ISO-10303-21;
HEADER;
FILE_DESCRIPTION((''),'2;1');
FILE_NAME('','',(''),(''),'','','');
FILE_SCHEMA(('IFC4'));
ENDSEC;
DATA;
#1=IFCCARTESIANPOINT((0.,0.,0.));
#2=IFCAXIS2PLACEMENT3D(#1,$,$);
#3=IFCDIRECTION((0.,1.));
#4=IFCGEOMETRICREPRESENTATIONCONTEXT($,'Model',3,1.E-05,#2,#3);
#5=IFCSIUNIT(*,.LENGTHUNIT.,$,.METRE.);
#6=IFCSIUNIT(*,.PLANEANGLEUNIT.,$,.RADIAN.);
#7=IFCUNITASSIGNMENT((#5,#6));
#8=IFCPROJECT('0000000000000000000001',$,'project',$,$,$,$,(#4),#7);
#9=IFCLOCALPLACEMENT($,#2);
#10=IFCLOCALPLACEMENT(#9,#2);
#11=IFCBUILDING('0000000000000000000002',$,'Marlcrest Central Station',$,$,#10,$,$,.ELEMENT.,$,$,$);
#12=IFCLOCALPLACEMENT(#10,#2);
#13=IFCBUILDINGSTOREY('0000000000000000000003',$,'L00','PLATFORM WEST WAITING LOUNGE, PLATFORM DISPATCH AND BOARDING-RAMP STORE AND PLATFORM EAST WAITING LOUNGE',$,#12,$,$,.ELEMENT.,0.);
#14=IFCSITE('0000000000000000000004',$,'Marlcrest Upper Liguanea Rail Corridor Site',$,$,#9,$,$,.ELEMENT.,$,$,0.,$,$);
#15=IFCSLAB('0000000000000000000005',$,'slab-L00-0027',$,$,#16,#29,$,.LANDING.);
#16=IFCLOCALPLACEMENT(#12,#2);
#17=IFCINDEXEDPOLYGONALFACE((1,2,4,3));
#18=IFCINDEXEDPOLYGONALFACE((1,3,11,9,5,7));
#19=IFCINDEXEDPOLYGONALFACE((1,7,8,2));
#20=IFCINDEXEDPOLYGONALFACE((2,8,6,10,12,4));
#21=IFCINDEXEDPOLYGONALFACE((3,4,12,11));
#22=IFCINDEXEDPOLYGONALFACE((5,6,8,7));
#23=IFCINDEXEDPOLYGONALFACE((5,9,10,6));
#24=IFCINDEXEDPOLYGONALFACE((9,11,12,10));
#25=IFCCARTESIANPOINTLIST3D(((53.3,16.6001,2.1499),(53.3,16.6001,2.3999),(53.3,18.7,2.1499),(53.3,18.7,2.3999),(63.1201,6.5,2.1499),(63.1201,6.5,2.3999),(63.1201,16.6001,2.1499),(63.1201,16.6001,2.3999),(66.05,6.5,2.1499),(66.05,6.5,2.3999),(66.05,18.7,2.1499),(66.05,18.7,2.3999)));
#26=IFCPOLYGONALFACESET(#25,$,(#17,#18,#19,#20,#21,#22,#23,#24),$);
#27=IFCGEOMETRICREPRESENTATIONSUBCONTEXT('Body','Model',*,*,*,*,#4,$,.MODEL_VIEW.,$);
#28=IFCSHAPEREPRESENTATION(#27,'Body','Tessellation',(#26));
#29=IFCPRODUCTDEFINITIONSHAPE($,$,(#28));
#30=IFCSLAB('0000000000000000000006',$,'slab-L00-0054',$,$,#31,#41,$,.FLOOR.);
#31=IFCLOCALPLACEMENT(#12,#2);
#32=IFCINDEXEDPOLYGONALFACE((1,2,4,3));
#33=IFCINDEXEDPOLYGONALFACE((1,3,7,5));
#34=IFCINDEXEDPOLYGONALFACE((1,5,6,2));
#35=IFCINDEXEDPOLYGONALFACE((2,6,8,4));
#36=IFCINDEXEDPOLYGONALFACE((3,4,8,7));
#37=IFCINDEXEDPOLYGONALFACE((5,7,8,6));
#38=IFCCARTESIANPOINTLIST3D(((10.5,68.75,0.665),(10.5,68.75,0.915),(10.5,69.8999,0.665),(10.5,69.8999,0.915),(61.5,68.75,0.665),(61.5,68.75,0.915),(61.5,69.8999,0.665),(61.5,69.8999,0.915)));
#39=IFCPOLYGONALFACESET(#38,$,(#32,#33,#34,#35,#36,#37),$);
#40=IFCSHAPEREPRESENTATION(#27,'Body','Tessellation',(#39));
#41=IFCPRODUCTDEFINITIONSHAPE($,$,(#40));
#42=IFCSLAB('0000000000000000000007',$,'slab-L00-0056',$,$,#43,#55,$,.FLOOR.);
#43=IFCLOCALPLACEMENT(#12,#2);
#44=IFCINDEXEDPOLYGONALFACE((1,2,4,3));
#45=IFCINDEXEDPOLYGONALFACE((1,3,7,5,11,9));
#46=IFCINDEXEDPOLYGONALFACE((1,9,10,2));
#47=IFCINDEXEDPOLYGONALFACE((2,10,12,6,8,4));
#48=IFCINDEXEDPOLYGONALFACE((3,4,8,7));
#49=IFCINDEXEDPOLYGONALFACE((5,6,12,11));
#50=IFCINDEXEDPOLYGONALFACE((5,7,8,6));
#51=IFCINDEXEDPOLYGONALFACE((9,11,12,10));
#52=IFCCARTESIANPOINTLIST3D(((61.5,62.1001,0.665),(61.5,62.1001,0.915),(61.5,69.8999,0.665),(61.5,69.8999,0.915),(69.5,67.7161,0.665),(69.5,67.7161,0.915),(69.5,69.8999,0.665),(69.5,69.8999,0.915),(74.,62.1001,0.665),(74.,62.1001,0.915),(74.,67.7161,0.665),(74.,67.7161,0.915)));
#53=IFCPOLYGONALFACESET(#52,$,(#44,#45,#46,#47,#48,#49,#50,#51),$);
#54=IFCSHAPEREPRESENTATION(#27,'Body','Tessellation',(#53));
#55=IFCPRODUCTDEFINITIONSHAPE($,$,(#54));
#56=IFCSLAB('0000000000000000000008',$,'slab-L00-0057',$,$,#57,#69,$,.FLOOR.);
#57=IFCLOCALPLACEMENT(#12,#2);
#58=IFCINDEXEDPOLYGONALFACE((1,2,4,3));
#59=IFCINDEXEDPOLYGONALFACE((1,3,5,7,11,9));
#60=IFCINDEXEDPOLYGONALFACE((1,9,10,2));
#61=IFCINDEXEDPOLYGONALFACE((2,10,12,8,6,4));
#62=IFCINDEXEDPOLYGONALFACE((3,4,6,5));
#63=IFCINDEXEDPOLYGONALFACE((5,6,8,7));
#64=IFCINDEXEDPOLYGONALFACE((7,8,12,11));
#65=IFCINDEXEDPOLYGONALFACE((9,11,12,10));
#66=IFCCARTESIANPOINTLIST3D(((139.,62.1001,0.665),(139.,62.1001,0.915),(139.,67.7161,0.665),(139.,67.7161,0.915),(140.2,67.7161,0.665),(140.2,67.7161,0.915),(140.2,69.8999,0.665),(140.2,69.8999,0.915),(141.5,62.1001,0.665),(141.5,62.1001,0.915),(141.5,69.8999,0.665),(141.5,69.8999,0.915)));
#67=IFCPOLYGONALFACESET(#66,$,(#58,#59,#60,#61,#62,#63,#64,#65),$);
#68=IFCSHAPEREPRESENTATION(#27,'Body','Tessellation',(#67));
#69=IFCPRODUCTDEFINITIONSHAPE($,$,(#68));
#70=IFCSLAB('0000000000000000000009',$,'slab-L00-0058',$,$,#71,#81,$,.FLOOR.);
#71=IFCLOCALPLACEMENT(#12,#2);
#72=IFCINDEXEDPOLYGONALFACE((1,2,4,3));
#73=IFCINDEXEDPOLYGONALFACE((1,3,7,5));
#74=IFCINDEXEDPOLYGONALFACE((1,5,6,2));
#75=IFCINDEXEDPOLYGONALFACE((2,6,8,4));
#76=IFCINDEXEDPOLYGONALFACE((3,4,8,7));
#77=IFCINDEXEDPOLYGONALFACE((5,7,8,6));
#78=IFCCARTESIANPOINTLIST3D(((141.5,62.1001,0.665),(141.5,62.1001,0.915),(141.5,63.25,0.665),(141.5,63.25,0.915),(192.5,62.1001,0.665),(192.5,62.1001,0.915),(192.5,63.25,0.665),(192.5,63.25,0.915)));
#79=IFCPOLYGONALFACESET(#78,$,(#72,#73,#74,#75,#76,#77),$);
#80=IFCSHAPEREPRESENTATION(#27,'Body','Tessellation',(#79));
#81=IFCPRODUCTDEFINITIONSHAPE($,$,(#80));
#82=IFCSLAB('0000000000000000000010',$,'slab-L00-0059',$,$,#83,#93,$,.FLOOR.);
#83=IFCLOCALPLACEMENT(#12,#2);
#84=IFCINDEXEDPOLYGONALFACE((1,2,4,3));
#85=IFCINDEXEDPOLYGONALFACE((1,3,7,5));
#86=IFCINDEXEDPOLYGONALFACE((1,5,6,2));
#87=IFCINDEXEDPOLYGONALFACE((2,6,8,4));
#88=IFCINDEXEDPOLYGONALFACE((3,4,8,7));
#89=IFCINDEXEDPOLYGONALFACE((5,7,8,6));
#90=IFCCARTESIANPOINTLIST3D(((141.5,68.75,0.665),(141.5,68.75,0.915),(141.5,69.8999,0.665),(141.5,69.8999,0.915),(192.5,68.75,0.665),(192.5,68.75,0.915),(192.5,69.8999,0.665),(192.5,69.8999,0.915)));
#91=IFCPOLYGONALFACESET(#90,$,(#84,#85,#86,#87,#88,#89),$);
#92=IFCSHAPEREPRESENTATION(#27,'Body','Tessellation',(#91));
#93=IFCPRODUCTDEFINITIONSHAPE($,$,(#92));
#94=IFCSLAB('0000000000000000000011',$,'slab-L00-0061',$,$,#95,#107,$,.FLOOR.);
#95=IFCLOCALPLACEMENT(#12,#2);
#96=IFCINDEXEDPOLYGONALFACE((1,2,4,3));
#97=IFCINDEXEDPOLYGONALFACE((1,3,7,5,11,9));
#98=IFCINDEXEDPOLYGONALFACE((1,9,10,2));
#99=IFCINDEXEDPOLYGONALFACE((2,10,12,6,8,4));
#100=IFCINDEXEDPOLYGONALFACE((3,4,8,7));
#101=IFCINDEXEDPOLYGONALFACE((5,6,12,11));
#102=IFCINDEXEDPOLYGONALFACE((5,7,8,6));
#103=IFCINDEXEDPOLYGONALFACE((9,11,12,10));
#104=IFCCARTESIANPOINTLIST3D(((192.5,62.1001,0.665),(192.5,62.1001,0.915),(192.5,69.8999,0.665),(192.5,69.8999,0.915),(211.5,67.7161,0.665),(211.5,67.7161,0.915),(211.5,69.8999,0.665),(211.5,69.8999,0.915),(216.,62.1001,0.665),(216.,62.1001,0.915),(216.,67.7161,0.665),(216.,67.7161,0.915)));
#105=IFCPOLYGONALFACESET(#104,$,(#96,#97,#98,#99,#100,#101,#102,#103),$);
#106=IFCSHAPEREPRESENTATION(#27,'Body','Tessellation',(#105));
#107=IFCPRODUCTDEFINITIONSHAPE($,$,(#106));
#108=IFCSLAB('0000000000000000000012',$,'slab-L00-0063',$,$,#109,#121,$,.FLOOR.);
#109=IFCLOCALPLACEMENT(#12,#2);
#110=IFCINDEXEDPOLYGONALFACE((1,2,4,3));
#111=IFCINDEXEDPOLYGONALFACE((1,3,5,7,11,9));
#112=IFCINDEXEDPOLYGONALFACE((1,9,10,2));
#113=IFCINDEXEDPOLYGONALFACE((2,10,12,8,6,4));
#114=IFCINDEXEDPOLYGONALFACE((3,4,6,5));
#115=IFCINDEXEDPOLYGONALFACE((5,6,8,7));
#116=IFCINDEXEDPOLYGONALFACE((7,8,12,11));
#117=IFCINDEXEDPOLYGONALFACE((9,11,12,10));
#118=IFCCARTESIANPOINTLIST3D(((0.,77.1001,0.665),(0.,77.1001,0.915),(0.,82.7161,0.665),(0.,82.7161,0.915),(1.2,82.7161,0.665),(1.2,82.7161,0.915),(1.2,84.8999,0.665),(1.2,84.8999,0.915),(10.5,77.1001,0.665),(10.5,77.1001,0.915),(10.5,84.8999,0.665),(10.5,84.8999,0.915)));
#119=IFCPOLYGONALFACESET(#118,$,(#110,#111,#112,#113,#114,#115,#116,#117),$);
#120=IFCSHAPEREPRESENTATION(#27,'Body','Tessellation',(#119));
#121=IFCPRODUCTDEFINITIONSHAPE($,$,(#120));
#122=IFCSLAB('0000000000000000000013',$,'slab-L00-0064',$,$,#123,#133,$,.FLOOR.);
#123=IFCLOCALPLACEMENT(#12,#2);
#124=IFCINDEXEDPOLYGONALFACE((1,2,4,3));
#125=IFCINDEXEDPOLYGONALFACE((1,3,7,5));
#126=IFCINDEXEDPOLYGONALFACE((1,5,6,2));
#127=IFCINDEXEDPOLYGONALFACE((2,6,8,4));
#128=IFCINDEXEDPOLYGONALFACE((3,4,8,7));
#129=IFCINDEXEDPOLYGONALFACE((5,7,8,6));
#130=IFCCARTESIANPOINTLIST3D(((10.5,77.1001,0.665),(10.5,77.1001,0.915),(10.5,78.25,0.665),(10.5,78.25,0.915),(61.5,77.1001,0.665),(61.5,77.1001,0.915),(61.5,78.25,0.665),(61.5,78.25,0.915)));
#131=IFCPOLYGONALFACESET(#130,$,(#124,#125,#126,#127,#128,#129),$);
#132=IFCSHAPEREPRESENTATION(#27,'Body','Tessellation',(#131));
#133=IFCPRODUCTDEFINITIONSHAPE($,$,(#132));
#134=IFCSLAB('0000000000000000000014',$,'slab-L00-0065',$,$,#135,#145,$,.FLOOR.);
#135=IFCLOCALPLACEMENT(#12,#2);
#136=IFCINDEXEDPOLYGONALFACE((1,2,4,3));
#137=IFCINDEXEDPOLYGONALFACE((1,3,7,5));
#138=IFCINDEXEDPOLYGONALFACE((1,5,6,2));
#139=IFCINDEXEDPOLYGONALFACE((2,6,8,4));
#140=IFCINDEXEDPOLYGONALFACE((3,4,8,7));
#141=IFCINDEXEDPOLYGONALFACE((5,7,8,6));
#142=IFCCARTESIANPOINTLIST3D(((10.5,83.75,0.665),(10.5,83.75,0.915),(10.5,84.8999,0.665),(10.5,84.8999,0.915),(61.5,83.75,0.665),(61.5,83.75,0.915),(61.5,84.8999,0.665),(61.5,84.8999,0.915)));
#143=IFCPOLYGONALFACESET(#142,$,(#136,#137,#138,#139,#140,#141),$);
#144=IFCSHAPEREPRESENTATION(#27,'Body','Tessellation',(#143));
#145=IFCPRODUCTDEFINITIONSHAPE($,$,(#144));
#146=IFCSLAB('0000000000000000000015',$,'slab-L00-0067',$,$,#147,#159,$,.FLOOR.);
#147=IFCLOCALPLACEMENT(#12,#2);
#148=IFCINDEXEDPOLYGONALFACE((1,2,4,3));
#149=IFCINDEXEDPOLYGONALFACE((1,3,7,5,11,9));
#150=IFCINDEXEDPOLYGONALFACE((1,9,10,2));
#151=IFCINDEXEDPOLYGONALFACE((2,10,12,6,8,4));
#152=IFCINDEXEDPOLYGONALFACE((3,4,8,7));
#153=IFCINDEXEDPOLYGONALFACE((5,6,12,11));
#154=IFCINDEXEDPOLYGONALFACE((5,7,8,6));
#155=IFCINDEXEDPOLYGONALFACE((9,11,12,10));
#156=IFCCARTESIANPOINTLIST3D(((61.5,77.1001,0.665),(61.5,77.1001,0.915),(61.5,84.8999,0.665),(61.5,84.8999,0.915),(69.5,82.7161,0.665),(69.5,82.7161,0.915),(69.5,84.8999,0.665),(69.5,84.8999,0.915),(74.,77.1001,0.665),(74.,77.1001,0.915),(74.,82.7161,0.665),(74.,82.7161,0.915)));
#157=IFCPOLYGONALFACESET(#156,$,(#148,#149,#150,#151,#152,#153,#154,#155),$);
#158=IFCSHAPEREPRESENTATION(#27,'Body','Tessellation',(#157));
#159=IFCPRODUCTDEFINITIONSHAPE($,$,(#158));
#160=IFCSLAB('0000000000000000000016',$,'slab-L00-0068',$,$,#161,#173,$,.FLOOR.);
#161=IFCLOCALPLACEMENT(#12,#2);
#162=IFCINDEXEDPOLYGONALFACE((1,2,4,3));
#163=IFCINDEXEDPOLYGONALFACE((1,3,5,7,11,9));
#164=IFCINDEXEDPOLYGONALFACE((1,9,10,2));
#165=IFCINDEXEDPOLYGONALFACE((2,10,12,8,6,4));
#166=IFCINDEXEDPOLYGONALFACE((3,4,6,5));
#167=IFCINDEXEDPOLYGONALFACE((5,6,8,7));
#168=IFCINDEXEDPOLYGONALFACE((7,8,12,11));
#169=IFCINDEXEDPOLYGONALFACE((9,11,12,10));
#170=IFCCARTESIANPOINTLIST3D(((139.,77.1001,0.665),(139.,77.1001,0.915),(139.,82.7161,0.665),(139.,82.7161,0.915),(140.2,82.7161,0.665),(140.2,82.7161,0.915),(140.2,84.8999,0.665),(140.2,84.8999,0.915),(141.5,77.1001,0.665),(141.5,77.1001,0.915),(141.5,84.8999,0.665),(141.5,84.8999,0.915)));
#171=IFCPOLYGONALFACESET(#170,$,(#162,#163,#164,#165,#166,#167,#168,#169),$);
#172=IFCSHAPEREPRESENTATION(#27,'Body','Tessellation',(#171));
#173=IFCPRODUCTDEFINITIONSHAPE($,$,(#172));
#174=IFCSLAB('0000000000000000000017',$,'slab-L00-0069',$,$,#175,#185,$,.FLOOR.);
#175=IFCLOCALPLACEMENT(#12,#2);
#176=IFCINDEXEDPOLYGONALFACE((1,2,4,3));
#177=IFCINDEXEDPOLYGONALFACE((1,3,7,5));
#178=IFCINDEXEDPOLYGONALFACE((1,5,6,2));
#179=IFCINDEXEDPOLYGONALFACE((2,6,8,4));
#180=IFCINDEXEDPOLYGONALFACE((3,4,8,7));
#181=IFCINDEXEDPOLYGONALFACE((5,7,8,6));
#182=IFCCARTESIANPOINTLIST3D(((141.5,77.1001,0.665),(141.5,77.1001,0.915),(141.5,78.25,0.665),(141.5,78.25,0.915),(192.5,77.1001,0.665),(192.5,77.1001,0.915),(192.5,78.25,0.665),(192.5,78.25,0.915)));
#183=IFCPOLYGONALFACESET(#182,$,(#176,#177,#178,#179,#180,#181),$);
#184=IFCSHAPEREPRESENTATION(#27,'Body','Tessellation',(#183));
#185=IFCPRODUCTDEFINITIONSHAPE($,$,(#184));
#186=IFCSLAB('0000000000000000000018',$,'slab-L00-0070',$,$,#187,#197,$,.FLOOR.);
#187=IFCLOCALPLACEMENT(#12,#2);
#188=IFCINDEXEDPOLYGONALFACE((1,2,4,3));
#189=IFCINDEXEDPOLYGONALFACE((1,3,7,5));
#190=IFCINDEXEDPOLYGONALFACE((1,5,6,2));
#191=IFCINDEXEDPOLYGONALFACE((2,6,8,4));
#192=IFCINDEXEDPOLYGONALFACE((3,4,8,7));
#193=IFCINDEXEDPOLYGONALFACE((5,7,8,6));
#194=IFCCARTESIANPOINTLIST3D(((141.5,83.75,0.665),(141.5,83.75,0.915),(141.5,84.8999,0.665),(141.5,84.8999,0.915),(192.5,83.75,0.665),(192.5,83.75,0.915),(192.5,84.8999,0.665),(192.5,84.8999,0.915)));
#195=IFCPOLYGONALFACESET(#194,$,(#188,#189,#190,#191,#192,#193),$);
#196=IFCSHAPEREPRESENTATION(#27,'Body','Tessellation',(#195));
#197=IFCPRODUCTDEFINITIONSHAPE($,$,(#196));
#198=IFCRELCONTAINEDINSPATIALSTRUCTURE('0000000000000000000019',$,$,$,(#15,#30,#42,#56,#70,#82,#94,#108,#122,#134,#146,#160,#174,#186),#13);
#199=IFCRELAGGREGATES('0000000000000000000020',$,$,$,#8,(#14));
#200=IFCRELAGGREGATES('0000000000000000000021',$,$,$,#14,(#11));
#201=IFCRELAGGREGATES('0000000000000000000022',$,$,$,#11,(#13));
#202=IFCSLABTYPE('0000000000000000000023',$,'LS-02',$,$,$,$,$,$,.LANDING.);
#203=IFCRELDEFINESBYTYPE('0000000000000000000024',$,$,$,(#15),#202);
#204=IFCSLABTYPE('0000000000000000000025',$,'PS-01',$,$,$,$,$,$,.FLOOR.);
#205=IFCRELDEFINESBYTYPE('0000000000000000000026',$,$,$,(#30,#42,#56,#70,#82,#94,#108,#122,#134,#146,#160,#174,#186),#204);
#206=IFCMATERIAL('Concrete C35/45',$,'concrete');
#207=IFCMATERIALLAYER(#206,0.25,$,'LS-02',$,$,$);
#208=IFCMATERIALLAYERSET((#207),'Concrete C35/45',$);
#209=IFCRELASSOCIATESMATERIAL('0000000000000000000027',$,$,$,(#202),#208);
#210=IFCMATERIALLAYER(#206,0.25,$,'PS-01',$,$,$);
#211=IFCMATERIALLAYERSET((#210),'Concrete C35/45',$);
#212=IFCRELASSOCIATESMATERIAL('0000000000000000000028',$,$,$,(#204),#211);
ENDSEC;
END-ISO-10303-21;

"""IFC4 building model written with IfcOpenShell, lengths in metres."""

from ifc_helpers import new_model, si_unit, direction, frame, origin, place, context, subcontext, project, spatial, polyline, outline, extrude, material, layer, layer_set, type_object, element, save


model = new_model("IFC4")

# Units and contexts
model_context = context("Model", 3, precision=1e-05, world=origin(), true_north=direction((0.0, 1.0)))
body_context = subcontext(model_context, "Body", "Model", "MODEL_VIEW")
ifc_project = project(units=[si_unit("LENGTHUNIT", "METRE"), si_unit("PLANEANGLEUNIT", "RADIAN")], contexts=[model_context])

# Site, building, storey
site_placement = place(None, origin())
site = spatial("IfcSite", under=ifc_project, at=site_placement, Name="Marlcrest Upper Liguanea Rail Corridor Site", CompositionType="ELEMENT", RefElevation=0.0)
building_placement = place(site_placement, origin())
building = spatial("IfcBuilding", under=site, at=building_placement, Name="Marlcrest Central Station", CompositionType="ELEMENT")
storey_placement = place(building_placement, origin())
storey = spatial("IfcBuildingStorey", under=building, at=storey_placement, Name="L00", Description="PLATFORM WEST WAITING LOUNGE, PLATFORM DISPATCH AND BOARDING-RAMP STORE AND PLATFORM EAST WAITING LOUNGE", CompositionType="ELEMENT", Elevation=0.0)

# Slabs
ifc_material_1 = material(Name="Concrete C35/45", Category="concrete")
ifc_layer_1 = layer(ifc_material_1, 0.25, Name="LS-02")
ifc_layer_set_1 = layer_set([ifc_layer_1], Name="Concrete C35/45")
slab_type_1 = type_object("IfcSlabType", Name="LS-02", PredefinedType="LANDING", material=ifc_layer_set_1)
slab_1_placement = place(storey_placement, frame((0.0, 0.0, 2.1499)))
element("IfcSlab", 1, at=slab_1_placement, inside=storey, type_object=slab_type_1, Name="slab-L00-0027", PredefinedType="LANDING", context=body_context, shape_type="SweptSolid", body=[
    extrude(outline(polyline([(63.1201, 6.5), (66.05, 6.5), (66.05, 18.7), (53.3, 18.7), (53.3, 16.6001), (63.1201, 16.6001), (63.1201, 6.5)])), origin(), (0.0, 0.0, 1.0), 0.25),
])
ifc_layer_2 = layer(ifc_material_1, 0.25, Name="PS-01")
ifc_layer_set_2 = layer_set([ifc_layer_2], Name="Concrete C35/45")
slab_type_2 = type_object("IfcSlabType", Name="PS-01", PredefinedType="FLOOR", material=ifc_layer_set_2)
slab_2_placement = place(storey_placement, frame((0.0, 0.0, 0.665)))
element("IfcSlab", 2, at=slab_2_placement, inside=storey, type_object=slab_type_2, Name="slab-L00-0054", PredefinedType="FLOOR", context=body_context, shape_type="SweptSolid", body=[
    extrude(outline(polyline([(61.5, 69.8999), (61.5, 68.75), (10.5, 68.75), (10.5, 69.8999), (61.5, 69.8999)])), origin(), (0.0, 0.0, 1.0), 0.25),
])
slab_3_placement = place(storey_placement, frame((0.0, 0.0, 0.665)))
element("IfcSlab", 3, at=slab_3_placement, inside=storey, type_object=slab_type_2, Name="slab-L00-0056", PredefinedType="FLOOR", context=body_context, shape_type="SweptSolid", body=[
    extrude(outline(polyline([(69.5, 69.8999), (69.5, 67.7161), (74.0, 67.7161), (74.0, 62.1001), (61.5, 62.1001), (61.5, 69.8999), (69.5, 69.8999)])), origin(), (0.0, 0.0, 1.0), 0.25),
])
slab_4_placement = place(storey_placement, frame((0.0, 0.0, 0.665)))
element("IfcSlab", 4, at=slab_4_placement, inside=storey, type_object=slab_type_2, Name="slab-L00-0057", PredefinedType="FLOOR", context=body_context, shape_type="SweptSolid", body=[
    extrude(outline(polyline([(139.0, 62.1001), (141.5, 62.1001), (141.5, 69.8999), (140.2, 69.8999), (140.2, 67.7161), (139.0, 67.7161), (139.0, 62.1001)])), origin(), (0.0, 0.0, 1.0), 0.25),
])
slab_5_placement = place(storey_placement, frame((0.0, 0.0, 0.665)))
element("IfcSlab", 5, at=slab_5_placement, inside=storey, type_object=slab_type_2, Name="slab-L00-0058", PredefinedType="FLOOR", context=body_context, shape_type="SweptSolid", body=[
    extrude(outline(polyline([(192.5, 63.25), (192.5, 62.1001), (141.5, 62.1001), (141.5, 63.25), (192.5, 63.25)])), origin(), (0.0, 0.0, 1.0), 0.25),
])
slab_6_placement = place(storey_placement, frame((0.0, 0.0, 0.665)))
element("IfcSlab", 6, at=slab_6_placement, inside=storey, type_object=slab_type_2, Name="slab-L00-0059", PredefinedType="FLOOR", context=body_context, shape_type="SweptSolid", body=[
    extrude(outline(polyline([(192.5, 69.8999), (192.5, 68.75), (141.5, 68.75), (141.5, 69.8999), (192.5, 69.8999)])), origin(), (0.0, 0.0, 1.0), 0.25),
])
slab_7_placement = place(storey_placement, frame((0.0, 0.0, 0.665)))
element("IfcSlab", 7, at=slab_7_placement, inside=storey, type_object=slab_type_2, Name="slab-L00-0061", PredefinedType="FLOOR", context=body_context, shape_type="SweptSolid", body=[
    extrude(outline(polyline([(211.5, 69.8999), (211.5, 67.7161), (216.0, 67.7161), (216.0, 62.1001), (192.5, 62.1001), (192.5, 69.8999), (211.5, 69.8999)])), origin(), (0.0, 0.0, 1.0), 0.25),
])
slab_8_placement = place(storey_placement, frame((0.0, 0.0, 0.665)))
element("IfcSlab", 8, at=slab_8_placement, inside=storey, type_object=slab_type_2, Name="slab-L00-0063", PredefinedType="FLOOR", context=body_context, shape_type="SweptSolid", body=[
    extrude(outline(polyline([(0.0, 77.1001), (10.5, 77.1001), (10.5, 84.8999), (1.2, 84.8999), (1.2, 82.7161), (0.0, 82.7161), (0.0, 77.1001)])), origin(), (0.0, 0.0, 1.0), 0.25),
])
slab_9_placement = place(storey_placement, frame((0.0, 0.0, 0.665)))
element("IfcSlab", 9, at=slab_9_placement, inside=storey, type_object=slab_type_2, Name="slab-L00-0064", PredefinedType="FLOOR", context=body_context, shape_type="SweptSolid", body=[
    extrude(outline(polyline([(61.5, 78.25), (61.5, 77.1001), (10.5, 77.1001), (10.5, 78.25), (61.5, 78.25)])), origin(), (0.0, 0.0, 1.0), 0.25),
])
slab_10_placement = place(storey_placement, frame((0.0, 0.0, 0.665)))
element("IfcSlab", 10, at=slab_10_placement, inside=storey, type_object=slab_type_2, Name="slab-L00-0065", PredefinedType="FLOOR", context=body_context, shape_type="SweptSolid", body=[
    extrude(outline(polyline([(61.5, 84.8999), (61.5, 83.75), (10.5, 83.75), (10.5, 84.8999), (61.5, 84.8999)])), origin(), (0.0, 0.0, 1.0), 0.25),
])
slab_11_placement = place(storey_placement, frame((0.0, 0.0, 0.665)))
element("IfcSlab", 11, at=slab_11_placement, inside=storey, type_object=slab_type_2, Name="slab-L00-0067", PredefinedType="FLOOR", context=body_context, shape_type="SweptSolid", body=[
    extrude(outline(polyline([(69.5, 84.8999), (69.5, 82.7161), (74.0, 82.7161), (74.0, 77.1001), (61.5, 77.1001), (61.5, 84.8999), (69.5, 84.8999)])), origin(), (0.0, 0.0, 1.0), 0.25),
])
slab_12_placement = place(storey_placement, frame((0.0, 0.0, 0.665)))
element("IfcSlab", 12, at=slab_12_placement, inside=storey, type_object=slab_type_2, Name="slab-L00-0068", PredefinedType="FLOOR", context=body_context, shape_type="SweptSolid", body=[
    extrude(outline(polyline([(139.0, 77.1001), (141.5, 77.1001), (141.5, 84.8999), (140.2, 84.8999), (140.2, 82.7161), (139.0, 82.7161), (139.0, 77.1001)])), origin(), (0.0, 0.0, 1.0), 0.25),
])
slab_13_placement = place(storey_placement, frame((0.0, 0.0, 0.665)))
element("IfcSlab", 13, at=slab_13_placement, inside=storey, type_object=slab_type_2, Name="slab-L00-0069", PredefinedType="FLOOR", context=body_context, shape_type="SweptSolid", body=[
    extrude(outline(polyline([(192.5, 78.25), (192.5, 77.1001), (141.5, 77.1001), (141.5, 78.25), (192.5, 78.25)])), origin(), (0.0, 0.0, 1.0), 0.25),
])
slab_14_placement = place(storey_placement, frame((0.0, 0.0, 0.665)))
element("IfcSlab", 14, at=slab_14_placement, inside=storey, type_object=slab_type_2, Name="slab-L00-0070", PredefinedType="FLOOR", context=body_context, shape_type="SweptSolid", body=[
    extrude(outline(polyline([(192.5, 84.8999), (192.5, 83.75), (141.5, 83.75), (141.5, 84.8999), (192.5, 84.8999)])), origin(), (0.0, 0.0, 1.0), 0.25),
])

save(model, "model.ifc")
